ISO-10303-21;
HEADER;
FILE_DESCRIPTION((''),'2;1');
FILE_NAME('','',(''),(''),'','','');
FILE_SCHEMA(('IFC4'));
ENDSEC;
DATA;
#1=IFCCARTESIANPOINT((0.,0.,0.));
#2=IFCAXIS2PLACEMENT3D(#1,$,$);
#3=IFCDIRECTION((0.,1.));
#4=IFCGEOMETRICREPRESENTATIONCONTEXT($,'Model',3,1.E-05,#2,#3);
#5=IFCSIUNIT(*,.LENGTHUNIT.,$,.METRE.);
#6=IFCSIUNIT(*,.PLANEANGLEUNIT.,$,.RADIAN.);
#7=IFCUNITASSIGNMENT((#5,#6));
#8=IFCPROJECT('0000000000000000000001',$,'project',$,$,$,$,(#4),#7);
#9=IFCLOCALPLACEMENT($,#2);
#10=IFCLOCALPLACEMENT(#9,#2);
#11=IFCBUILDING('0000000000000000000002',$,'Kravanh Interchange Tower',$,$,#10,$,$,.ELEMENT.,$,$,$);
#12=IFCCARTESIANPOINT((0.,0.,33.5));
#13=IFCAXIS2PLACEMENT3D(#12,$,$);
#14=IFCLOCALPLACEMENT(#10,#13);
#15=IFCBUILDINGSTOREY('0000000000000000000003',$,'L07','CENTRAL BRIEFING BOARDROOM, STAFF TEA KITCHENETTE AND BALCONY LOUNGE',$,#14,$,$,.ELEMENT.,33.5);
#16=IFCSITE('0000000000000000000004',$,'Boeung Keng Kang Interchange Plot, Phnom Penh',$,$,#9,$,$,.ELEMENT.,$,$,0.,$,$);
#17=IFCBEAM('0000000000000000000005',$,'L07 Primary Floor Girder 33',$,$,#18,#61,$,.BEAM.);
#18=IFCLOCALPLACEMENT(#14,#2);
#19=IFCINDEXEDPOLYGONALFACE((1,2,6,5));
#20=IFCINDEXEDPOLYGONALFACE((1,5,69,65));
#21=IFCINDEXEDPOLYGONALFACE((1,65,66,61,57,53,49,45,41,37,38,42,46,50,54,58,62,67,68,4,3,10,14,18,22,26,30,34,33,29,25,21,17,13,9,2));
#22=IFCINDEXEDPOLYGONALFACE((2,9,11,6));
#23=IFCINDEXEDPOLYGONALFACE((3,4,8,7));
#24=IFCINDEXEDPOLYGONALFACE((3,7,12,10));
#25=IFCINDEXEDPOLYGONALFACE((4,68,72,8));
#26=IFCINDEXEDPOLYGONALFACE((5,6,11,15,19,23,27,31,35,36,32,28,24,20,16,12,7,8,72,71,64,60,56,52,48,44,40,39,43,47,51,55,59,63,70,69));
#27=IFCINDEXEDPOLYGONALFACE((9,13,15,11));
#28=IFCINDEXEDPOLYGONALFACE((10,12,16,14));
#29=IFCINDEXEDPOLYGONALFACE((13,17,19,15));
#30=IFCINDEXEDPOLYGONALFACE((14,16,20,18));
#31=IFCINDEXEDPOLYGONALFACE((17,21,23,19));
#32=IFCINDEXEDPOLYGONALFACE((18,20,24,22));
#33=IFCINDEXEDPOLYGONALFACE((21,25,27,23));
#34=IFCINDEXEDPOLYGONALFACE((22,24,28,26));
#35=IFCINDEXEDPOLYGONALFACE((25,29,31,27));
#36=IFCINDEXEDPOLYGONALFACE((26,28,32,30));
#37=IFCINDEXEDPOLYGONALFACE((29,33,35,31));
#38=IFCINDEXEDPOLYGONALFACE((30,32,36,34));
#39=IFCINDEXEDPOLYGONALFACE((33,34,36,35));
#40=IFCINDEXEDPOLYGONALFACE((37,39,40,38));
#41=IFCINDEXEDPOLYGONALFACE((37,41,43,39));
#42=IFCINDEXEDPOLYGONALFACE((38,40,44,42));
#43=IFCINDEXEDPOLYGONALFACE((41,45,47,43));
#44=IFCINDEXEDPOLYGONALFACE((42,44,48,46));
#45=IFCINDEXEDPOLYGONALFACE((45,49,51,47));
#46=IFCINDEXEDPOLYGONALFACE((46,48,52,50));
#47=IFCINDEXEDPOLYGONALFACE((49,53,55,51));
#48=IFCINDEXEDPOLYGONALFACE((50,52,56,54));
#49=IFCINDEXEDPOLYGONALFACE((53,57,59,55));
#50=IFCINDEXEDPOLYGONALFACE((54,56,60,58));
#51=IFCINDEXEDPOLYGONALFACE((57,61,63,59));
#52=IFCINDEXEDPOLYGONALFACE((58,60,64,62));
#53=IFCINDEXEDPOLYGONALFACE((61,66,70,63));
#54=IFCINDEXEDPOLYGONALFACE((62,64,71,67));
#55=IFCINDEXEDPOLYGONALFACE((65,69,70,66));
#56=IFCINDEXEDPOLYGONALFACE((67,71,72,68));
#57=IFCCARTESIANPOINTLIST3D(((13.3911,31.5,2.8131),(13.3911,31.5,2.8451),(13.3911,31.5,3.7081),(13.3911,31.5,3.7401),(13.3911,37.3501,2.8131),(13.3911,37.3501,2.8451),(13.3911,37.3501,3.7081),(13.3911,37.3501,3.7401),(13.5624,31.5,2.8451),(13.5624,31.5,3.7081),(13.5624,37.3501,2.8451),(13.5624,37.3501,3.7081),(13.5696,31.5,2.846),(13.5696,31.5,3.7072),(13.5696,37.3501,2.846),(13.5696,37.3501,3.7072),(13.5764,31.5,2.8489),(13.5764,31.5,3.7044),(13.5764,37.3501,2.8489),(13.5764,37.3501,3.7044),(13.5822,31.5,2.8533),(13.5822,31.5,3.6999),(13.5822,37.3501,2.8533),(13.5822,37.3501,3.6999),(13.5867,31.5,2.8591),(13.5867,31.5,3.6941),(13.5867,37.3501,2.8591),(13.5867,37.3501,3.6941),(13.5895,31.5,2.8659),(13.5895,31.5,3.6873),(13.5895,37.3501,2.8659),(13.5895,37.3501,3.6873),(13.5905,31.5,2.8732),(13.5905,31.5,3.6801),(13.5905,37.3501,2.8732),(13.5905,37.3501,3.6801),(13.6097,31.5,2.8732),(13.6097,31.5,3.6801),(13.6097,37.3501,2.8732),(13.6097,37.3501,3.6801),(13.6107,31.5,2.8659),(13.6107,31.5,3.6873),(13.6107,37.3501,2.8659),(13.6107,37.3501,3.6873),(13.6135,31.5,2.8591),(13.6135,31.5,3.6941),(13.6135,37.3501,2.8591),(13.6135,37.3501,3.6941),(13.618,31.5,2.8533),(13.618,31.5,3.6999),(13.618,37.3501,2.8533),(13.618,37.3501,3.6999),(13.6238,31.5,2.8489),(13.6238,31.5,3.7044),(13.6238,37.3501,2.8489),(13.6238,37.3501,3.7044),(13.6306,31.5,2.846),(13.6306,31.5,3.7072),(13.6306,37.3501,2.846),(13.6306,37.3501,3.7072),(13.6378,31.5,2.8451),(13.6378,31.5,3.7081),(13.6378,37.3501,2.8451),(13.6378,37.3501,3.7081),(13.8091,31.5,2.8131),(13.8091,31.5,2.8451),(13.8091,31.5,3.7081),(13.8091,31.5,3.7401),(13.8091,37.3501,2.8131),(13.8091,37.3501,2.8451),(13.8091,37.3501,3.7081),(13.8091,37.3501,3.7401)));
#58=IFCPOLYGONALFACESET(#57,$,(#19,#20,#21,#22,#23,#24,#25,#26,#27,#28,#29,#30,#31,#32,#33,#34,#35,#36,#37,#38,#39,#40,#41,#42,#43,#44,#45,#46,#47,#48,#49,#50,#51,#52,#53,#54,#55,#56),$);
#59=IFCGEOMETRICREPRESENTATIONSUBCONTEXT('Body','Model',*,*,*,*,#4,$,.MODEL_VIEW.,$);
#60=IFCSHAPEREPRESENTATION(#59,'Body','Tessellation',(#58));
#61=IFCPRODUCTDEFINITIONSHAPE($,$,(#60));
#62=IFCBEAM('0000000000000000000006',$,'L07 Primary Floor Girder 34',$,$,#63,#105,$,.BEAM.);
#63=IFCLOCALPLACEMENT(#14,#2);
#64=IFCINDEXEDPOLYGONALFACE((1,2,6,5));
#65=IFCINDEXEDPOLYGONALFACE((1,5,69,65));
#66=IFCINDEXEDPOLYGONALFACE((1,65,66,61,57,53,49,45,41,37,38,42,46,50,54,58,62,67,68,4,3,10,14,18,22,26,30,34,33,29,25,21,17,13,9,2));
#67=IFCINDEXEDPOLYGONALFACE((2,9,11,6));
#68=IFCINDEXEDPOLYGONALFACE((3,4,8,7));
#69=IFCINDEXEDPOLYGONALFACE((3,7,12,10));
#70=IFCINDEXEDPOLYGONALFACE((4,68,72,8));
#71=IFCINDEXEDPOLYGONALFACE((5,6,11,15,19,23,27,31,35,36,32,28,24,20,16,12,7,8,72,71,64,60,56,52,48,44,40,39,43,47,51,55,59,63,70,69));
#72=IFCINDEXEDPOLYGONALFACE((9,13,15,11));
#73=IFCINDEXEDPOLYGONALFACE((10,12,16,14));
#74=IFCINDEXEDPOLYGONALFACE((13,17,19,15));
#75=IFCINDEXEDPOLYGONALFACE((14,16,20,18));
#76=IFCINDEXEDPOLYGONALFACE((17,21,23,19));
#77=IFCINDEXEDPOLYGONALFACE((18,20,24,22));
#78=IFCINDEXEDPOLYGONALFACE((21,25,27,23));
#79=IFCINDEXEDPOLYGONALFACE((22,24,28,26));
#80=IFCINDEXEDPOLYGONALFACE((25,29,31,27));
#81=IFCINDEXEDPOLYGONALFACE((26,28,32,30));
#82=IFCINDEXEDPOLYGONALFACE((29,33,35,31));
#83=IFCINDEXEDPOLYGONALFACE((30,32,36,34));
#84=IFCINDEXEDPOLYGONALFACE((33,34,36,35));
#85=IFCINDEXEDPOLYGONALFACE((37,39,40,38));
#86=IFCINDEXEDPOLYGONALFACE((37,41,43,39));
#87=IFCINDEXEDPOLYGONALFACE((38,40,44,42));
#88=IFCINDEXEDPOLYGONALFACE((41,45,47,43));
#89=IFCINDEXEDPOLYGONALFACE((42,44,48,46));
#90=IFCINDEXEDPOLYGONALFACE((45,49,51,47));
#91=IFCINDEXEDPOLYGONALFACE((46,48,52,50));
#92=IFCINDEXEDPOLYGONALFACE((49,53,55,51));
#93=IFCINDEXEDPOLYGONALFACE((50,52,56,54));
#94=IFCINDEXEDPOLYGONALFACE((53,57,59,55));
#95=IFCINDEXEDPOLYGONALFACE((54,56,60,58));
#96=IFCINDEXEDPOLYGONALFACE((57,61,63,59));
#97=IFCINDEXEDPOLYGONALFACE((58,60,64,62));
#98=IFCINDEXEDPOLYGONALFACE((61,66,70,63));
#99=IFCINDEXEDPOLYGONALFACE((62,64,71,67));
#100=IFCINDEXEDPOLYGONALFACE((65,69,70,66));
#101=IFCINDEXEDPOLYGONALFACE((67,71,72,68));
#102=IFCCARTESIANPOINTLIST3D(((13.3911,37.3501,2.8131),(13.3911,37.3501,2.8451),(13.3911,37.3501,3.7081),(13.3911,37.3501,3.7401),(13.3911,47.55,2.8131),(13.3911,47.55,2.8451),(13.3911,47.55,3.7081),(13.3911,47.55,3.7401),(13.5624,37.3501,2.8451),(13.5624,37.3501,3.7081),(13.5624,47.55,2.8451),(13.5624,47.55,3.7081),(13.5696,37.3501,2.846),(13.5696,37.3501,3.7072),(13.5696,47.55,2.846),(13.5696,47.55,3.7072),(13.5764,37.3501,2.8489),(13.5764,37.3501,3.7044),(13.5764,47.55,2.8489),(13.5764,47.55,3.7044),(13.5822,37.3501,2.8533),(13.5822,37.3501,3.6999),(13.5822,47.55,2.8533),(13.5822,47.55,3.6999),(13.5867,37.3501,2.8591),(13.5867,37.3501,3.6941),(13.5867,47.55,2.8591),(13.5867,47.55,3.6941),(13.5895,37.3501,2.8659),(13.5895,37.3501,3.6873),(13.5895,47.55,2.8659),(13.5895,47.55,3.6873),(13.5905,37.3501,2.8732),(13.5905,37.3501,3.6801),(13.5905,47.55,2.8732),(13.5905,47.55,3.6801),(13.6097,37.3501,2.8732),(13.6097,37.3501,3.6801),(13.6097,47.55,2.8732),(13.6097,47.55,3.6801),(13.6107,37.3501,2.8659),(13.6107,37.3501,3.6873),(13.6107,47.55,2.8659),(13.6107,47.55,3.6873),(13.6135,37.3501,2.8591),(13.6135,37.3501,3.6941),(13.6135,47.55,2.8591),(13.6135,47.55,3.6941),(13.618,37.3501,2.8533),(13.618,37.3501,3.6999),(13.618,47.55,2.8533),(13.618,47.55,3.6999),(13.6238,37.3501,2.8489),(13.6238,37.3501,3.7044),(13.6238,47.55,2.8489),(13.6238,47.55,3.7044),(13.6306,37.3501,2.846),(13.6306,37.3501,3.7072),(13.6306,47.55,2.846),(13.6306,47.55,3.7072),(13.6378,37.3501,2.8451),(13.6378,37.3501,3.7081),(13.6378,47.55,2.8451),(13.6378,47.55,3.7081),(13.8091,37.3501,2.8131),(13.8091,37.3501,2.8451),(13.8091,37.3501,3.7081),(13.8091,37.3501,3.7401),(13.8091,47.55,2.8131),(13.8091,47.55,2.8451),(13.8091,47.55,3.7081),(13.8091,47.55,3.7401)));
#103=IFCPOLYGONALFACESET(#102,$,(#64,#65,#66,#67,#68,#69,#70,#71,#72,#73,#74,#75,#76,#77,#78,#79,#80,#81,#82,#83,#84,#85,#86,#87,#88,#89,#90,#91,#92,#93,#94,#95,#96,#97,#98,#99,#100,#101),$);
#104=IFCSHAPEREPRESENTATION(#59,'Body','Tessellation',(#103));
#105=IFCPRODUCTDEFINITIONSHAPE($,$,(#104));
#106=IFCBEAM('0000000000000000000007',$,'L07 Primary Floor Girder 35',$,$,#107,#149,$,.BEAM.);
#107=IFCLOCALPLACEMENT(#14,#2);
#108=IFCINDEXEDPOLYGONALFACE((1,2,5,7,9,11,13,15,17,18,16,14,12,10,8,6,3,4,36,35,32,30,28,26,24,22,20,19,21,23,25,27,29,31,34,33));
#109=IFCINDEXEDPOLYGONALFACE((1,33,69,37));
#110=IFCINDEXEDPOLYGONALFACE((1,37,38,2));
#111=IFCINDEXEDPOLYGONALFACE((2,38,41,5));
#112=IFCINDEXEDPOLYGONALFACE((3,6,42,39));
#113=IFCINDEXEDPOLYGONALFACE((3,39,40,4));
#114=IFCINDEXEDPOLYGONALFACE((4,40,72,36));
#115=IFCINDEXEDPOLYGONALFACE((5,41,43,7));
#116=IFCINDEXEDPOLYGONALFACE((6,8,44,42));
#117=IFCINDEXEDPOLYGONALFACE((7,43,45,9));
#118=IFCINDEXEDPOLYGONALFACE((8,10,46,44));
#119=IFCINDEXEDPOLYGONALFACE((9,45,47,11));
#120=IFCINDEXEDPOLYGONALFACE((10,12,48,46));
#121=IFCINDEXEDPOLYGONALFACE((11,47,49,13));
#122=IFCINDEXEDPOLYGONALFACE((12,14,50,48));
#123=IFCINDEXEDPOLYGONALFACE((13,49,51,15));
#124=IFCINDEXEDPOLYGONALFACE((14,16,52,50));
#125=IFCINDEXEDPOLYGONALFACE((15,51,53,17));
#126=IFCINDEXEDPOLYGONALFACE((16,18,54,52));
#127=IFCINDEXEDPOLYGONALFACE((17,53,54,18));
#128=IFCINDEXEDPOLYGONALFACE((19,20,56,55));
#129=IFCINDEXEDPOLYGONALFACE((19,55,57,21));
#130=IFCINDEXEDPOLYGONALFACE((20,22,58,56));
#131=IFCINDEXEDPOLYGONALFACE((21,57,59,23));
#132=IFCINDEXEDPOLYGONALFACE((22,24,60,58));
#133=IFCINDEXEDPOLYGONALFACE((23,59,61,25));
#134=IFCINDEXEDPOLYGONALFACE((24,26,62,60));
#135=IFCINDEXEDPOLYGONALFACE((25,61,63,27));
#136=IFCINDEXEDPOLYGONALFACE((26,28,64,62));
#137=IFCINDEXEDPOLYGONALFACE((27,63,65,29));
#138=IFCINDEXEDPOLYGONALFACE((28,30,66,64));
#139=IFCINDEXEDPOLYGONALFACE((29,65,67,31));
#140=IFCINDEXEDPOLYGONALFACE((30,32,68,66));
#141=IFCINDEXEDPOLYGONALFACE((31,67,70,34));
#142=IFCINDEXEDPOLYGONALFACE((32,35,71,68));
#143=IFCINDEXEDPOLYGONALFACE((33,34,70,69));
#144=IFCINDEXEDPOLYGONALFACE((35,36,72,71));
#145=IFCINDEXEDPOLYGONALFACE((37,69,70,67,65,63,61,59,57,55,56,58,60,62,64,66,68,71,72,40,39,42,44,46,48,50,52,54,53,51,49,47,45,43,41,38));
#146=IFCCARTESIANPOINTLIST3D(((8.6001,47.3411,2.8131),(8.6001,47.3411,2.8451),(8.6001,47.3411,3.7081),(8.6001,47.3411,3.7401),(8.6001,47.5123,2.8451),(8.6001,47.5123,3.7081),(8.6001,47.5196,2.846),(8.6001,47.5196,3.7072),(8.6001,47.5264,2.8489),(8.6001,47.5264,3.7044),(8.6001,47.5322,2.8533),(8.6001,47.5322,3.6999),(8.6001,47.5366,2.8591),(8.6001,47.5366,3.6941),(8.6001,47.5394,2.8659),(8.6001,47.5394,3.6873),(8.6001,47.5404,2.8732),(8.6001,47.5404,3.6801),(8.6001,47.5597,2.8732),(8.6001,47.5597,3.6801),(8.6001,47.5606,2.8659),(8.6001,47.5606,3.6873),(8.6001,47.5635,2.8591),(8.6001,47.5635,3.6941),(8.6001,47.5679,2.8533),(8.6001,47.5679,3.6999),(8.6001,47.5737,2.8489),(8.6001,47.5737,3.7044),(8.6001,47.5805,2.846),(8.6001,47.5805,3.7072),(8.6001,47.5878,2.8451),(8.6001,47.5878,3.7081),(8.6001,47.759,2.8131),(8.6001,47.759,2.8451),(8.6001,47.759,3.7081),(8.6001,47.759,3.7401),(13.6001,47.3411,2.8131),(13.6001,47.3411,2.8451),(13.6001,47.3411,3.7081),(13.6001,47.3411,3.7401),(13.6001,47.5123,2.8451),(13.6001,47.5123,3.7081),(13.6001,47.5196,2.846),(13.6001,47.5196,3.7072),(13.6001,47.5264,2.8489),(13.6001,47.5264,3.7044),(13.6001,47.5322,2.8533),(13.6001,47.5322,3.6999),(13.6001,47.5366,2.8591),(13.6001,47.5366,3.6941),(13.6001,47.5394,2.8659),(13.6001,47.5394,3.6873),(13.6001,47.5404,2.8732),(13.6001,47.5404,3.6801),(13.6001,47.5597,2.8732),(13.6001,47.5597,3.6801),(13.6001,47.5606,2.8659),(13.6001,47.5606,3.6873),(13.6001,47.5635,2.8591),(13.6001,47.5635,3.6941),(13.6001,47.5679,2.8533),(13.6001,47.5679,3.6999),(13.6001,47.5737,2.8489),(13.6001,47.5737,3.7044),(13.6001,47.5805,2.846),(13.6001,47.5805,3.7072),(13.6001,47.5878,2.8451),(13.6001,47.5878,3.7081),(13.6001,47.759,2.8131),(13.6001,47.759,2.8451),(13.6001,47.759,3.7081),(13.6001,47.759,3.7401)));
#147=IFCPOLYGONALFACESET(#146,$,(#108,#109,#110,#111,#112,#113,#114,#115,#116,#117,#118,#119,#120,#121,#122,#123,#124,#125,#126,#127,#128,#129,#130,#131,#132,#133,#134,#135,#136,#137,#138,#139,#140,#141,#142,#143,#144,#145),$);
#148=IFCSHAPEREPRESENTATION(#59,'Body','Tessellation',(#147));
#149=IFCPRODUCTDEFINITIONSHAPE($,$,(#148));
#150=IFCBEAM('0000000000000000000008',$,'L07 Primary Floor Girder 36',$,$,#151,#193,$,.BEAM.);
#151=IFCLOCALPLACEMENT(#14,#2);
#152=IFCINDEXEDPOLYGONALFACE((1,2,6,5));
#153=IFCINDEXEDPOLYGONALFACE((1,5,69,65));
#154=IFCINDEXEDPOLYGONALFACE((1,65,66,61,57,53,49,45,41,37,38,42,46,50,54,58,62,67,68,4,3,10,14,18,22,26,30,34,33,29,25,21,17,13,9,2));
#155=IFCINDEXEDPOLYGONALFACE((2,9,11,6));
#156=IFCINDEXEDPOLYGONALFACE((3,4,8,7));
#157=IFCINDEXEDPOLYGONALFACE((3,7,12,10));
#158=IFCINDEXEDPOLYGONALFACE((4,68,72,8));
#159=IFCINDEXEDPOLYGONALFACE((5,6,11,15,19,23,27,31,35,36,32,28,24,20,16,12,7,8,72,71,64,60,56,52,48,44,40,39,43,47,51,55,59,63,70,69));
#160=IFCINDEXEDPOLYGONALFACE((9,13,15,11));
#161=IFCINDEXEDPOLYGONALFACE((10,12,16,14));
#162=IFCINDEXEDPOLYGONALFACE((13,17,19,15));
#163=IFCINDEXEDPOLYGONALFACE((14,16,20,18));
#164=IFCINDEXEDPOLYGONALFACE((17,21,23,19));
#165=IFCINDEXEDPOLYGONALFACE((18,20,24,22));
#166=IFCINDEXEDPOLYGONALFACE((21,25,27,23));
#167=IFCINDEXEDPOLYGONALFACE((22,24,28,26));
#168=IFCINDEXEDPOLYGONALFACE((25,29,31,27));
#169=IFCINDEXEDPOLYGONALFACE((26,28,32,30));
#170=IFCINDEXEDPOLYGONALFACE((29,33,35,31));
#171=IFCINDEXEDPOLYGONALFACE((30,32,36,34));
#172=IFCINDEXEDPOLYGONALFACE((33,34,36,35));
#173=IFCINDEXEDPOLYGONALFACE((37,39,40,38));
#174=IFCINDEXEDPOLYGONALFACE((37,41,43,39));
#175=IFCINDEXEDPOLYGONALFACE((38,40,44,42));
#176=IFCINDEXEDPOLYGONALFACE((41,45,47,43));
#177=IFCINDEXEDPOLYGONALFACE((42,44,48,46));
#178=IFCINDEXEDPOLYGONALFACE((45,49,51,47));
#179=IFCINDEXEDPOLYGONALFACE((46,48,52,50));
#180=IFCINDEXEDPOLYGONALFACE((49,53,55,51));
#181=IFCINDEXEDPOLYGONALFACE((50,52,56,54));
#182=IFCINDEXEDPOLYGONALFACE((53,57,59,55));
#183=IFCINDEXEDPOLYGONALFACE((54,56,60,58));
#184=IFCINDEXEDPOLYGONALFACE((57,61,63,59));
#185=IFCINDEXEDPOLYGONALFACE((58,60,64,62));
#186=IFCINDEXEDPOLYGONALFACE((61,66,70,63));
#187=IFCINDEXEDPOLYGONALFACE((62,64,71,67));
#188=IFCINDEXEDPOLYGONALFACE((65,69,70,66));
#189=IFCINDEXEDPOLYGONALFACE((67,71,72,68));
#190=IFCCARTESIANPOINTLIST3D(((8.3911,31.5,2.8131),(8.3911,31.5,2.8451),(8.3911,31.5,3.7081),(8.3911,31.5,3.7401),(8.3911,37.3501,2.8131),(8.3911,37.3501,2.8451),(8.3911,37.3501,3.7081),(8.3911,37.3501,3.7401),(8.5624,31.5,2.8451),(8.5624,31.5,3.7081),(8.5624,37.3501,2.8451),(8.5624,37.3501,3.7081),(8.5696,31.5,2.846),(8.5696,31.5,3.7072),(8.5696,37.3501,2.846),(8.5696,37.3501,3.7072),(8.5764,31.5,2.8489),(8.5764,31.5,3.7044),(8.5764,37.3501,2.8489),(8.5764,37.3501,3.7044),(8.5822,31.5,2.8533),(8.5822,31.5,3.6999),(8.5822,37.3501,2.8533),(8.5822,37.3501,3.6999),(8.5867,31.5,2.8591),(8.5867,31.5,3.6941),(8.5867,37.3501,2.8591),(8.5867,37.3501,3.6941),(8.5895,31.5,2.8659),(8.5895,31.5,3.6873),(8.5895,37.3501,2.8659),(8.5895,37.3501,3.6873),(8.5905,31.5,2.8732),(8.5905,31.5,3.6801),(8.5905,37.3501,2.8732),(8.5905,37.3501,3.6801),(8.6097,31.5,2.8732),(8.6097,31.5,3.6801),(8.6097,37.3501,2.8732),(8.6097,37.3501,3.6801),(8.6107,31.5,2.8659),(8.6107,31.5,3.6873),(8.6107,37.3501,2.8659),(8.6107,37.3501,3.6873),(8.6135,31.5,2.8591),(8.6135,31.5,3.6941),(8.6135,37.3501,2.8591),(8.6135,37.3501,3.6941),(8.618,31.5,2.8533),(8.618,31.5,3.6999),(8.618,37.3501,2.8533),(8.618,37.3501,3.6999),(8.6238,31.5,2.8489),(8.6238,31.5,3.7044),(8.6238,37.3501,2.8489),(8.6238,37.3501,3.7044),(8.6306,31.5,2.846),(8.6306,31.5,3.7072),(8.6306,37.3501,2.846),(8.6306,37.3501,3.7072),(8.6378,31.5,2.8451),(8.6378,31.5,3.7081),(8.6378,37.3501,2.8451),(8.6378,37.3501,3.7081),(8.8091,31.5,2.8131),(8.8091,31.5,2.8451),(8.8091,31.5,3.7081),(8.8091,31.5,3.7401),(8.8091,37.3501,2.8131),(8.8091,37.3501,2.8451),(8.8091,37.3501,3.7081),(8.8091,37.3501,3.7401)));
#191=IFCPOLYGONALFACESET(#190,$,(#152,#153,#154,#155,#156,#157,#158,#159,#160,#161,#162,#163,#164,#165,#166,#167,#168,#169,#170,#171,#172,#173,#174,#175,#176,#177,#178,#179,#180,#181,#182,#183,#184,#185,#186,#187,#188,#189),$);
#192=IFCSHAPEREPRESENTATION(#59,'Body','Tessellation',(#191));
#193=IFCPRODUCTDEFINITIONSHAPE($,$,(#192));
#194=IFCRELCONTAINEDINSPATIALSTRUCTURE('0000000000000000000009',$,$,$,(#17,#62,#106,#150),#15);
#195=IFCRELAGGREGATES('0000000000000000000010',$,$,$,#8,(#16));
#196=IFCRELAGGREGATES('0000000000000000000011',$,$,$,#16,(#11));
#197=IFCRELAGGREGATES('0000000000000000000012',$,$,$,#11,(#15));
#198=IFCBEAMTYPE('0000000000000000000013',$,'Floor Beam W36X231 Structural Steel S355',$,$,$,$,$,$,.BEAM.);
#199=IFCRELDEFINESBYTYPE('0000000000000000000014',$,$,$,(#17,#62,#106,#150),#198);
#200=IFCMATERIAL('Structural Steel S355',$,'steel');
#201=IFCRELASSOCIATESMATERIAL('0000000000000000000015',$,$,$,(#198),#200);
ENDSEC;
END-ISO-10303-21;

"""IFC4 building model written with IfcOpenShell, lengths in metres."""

from ifc_helpers import new_model, si_unit, direction, frame, origin, origin_2d, place, context, subcontext, project, spatial, i_section, extrude, material, material_profile, profile_set, type_object, element, save


model = new_model("IFC4")

# Units and contexts
model_context = context("Model", 3, precision=1e-05, world=origin(), true_north=direction((0.0, 1.0)))
body_context = subcontext(model_context, "Body", "Model", "MODEL_VIEW")
ifc_project = project(units=[si_unit("LENGTHUNIT", "METRE"), si_unit("PLANEANGLEUNIT", "RADIAN")], contexts=[model_context])

# Site, building, storey
site_placement = place(None, origin())
site = spatial("IfcSite", under=ifc_project, at=site_placement, Name="Boeung Keng Kang Interchange Plot, Phnom Penh", CompositionType="ELEMENT", RefElevation=0.0)
building_placement = place(site_placement, origin())
building = spatial("IfcBuilding", under=site, at=building_placement, Name="Kravanh Interchange Tower", CompositionType="ELEMENT")
storey_placement = place(building_placement, frame((0.0, 0.0, 33.5)))
storey = spatial("IfcBuildingStorey", under=building, at=storey_placement, Name="L07", Description="CENTRAL BRIEFING BOARDROOM, STAFF TEA KITCHENETTE AND BALCONY LOUNGE", CompositionType="ELEMENT", Elevation=33.5)

# Beams
ifc_material_1 = material(Name="Structural Steel S355", Category="steel")
ifc_material_profile_1 = material_profile(ifc_material_1, i_section(OverallWidth=0.418, OverallDepth=0.927, WebThickness=0.0193, FlangeThickness=0.032, FilletRadius=0.0281, at=origin_2d()), Name="W36X231")
ifc_profile_set_1 = profile_set([ifc_material_profile_1], Name="Structural Steel S355")
beam_type = type_object("IfcBeamType", Name="Floor Beam W36X231 Structural Steel S355", PredefinedType="BEAM", material=ifc_profile_set_1)
beam_1_placement = place(storey_placement, frame((13.6001, 37.3501, 3.2766), z_axis=(0.0, -1.0, 0.0), x_axis=(1.0, 0.0, 0.0)))
element("IfcBeam", 1, at=beam_1_placement, inside=storey, type_object=beam_type, Name="L07 Primary Floor Girder 33", PredefinedType="BEAM", context=body_context, shape_type="SweptSolid", body=[
    extrude(i_section(OverallWidth=0.418, OverallDepth=0.927, WebThickness=0.0193, FlangeThickness=0.032, FilletRadius=0.0281, at=origin_2d()), origin(), (0.0, 0.0, 1.0), 5.8501),
])
beam_2_placement = place(storey_placement, frame((13.6001, 37.3501, 3.2766), z_axis=(0.0, 1.0, 0.0), x_axis=(-1.0, 0.0, 0.0)))
element("IfcBeam", 2, at=beam_2_placement, inside=storey, type_object=beam_type, Name="L07 Primary Floor Girder 34", PredefinedType="BEAM", context=body_context, shape_type="SweptSolid", body=[
    extrude(i_section(OverallWidth=0.418, OverallDepth=0.927, WebThickness=0.0193, FlangeThickness=0.032, FilletRadius=0.0281, at=origin_2d()), origin(), (0.0, 0.0, 1.0), 10.2),
])
beam_3_placement = place(storey_placement, frame((13.6001, 47.55, 3.2766), z_axis=(-1.0, 0.0, 0.0), x_axis=(0.0, -1.0, 0.0)))
element("IfcBeam", 3, at=beam_3_placement, inside=storey, type_object=beam_type, Name="L07 Primary Floor Girder 35", PredefinedType="BEAM", context=body_context, shape_type="SweptSolid", body=[
    extrude(i_section(OverallWidth=0.418, OverallDepth=0.927, WebThickness=0.0193, FlangeThickness=0.032, FilletRadius=0.0281, at=origin_2d()), origin(), (0.0, 0.0, 1.0), 5.0),
])
beam_4_placement = place(storey_placement, frame((8.6001, 37.3501, 3.2766), z_axis=(0.0, -1.0, 0.0), x_axis=(1.0, 0.0, 0.0)))
element("IfcBeam", 4, at=beam_4_placement, inside=storey, type_object=beam_type, Name="L07 Primary Floor Girder 36", PredefinedType="BEAM", context=body_context, shape_type="SweptSolid", body=[
    extrude(i_section(OverallWidth=0.418, OverallDepth=0.927, WebThickness=0.0193, FlangeThickness=0.032, FilletRadius=0.0281, at=origin_2d()), origin(), (0.0, 0.0, 1.0), 5.8501),
])

save(model, "model.ifc")
